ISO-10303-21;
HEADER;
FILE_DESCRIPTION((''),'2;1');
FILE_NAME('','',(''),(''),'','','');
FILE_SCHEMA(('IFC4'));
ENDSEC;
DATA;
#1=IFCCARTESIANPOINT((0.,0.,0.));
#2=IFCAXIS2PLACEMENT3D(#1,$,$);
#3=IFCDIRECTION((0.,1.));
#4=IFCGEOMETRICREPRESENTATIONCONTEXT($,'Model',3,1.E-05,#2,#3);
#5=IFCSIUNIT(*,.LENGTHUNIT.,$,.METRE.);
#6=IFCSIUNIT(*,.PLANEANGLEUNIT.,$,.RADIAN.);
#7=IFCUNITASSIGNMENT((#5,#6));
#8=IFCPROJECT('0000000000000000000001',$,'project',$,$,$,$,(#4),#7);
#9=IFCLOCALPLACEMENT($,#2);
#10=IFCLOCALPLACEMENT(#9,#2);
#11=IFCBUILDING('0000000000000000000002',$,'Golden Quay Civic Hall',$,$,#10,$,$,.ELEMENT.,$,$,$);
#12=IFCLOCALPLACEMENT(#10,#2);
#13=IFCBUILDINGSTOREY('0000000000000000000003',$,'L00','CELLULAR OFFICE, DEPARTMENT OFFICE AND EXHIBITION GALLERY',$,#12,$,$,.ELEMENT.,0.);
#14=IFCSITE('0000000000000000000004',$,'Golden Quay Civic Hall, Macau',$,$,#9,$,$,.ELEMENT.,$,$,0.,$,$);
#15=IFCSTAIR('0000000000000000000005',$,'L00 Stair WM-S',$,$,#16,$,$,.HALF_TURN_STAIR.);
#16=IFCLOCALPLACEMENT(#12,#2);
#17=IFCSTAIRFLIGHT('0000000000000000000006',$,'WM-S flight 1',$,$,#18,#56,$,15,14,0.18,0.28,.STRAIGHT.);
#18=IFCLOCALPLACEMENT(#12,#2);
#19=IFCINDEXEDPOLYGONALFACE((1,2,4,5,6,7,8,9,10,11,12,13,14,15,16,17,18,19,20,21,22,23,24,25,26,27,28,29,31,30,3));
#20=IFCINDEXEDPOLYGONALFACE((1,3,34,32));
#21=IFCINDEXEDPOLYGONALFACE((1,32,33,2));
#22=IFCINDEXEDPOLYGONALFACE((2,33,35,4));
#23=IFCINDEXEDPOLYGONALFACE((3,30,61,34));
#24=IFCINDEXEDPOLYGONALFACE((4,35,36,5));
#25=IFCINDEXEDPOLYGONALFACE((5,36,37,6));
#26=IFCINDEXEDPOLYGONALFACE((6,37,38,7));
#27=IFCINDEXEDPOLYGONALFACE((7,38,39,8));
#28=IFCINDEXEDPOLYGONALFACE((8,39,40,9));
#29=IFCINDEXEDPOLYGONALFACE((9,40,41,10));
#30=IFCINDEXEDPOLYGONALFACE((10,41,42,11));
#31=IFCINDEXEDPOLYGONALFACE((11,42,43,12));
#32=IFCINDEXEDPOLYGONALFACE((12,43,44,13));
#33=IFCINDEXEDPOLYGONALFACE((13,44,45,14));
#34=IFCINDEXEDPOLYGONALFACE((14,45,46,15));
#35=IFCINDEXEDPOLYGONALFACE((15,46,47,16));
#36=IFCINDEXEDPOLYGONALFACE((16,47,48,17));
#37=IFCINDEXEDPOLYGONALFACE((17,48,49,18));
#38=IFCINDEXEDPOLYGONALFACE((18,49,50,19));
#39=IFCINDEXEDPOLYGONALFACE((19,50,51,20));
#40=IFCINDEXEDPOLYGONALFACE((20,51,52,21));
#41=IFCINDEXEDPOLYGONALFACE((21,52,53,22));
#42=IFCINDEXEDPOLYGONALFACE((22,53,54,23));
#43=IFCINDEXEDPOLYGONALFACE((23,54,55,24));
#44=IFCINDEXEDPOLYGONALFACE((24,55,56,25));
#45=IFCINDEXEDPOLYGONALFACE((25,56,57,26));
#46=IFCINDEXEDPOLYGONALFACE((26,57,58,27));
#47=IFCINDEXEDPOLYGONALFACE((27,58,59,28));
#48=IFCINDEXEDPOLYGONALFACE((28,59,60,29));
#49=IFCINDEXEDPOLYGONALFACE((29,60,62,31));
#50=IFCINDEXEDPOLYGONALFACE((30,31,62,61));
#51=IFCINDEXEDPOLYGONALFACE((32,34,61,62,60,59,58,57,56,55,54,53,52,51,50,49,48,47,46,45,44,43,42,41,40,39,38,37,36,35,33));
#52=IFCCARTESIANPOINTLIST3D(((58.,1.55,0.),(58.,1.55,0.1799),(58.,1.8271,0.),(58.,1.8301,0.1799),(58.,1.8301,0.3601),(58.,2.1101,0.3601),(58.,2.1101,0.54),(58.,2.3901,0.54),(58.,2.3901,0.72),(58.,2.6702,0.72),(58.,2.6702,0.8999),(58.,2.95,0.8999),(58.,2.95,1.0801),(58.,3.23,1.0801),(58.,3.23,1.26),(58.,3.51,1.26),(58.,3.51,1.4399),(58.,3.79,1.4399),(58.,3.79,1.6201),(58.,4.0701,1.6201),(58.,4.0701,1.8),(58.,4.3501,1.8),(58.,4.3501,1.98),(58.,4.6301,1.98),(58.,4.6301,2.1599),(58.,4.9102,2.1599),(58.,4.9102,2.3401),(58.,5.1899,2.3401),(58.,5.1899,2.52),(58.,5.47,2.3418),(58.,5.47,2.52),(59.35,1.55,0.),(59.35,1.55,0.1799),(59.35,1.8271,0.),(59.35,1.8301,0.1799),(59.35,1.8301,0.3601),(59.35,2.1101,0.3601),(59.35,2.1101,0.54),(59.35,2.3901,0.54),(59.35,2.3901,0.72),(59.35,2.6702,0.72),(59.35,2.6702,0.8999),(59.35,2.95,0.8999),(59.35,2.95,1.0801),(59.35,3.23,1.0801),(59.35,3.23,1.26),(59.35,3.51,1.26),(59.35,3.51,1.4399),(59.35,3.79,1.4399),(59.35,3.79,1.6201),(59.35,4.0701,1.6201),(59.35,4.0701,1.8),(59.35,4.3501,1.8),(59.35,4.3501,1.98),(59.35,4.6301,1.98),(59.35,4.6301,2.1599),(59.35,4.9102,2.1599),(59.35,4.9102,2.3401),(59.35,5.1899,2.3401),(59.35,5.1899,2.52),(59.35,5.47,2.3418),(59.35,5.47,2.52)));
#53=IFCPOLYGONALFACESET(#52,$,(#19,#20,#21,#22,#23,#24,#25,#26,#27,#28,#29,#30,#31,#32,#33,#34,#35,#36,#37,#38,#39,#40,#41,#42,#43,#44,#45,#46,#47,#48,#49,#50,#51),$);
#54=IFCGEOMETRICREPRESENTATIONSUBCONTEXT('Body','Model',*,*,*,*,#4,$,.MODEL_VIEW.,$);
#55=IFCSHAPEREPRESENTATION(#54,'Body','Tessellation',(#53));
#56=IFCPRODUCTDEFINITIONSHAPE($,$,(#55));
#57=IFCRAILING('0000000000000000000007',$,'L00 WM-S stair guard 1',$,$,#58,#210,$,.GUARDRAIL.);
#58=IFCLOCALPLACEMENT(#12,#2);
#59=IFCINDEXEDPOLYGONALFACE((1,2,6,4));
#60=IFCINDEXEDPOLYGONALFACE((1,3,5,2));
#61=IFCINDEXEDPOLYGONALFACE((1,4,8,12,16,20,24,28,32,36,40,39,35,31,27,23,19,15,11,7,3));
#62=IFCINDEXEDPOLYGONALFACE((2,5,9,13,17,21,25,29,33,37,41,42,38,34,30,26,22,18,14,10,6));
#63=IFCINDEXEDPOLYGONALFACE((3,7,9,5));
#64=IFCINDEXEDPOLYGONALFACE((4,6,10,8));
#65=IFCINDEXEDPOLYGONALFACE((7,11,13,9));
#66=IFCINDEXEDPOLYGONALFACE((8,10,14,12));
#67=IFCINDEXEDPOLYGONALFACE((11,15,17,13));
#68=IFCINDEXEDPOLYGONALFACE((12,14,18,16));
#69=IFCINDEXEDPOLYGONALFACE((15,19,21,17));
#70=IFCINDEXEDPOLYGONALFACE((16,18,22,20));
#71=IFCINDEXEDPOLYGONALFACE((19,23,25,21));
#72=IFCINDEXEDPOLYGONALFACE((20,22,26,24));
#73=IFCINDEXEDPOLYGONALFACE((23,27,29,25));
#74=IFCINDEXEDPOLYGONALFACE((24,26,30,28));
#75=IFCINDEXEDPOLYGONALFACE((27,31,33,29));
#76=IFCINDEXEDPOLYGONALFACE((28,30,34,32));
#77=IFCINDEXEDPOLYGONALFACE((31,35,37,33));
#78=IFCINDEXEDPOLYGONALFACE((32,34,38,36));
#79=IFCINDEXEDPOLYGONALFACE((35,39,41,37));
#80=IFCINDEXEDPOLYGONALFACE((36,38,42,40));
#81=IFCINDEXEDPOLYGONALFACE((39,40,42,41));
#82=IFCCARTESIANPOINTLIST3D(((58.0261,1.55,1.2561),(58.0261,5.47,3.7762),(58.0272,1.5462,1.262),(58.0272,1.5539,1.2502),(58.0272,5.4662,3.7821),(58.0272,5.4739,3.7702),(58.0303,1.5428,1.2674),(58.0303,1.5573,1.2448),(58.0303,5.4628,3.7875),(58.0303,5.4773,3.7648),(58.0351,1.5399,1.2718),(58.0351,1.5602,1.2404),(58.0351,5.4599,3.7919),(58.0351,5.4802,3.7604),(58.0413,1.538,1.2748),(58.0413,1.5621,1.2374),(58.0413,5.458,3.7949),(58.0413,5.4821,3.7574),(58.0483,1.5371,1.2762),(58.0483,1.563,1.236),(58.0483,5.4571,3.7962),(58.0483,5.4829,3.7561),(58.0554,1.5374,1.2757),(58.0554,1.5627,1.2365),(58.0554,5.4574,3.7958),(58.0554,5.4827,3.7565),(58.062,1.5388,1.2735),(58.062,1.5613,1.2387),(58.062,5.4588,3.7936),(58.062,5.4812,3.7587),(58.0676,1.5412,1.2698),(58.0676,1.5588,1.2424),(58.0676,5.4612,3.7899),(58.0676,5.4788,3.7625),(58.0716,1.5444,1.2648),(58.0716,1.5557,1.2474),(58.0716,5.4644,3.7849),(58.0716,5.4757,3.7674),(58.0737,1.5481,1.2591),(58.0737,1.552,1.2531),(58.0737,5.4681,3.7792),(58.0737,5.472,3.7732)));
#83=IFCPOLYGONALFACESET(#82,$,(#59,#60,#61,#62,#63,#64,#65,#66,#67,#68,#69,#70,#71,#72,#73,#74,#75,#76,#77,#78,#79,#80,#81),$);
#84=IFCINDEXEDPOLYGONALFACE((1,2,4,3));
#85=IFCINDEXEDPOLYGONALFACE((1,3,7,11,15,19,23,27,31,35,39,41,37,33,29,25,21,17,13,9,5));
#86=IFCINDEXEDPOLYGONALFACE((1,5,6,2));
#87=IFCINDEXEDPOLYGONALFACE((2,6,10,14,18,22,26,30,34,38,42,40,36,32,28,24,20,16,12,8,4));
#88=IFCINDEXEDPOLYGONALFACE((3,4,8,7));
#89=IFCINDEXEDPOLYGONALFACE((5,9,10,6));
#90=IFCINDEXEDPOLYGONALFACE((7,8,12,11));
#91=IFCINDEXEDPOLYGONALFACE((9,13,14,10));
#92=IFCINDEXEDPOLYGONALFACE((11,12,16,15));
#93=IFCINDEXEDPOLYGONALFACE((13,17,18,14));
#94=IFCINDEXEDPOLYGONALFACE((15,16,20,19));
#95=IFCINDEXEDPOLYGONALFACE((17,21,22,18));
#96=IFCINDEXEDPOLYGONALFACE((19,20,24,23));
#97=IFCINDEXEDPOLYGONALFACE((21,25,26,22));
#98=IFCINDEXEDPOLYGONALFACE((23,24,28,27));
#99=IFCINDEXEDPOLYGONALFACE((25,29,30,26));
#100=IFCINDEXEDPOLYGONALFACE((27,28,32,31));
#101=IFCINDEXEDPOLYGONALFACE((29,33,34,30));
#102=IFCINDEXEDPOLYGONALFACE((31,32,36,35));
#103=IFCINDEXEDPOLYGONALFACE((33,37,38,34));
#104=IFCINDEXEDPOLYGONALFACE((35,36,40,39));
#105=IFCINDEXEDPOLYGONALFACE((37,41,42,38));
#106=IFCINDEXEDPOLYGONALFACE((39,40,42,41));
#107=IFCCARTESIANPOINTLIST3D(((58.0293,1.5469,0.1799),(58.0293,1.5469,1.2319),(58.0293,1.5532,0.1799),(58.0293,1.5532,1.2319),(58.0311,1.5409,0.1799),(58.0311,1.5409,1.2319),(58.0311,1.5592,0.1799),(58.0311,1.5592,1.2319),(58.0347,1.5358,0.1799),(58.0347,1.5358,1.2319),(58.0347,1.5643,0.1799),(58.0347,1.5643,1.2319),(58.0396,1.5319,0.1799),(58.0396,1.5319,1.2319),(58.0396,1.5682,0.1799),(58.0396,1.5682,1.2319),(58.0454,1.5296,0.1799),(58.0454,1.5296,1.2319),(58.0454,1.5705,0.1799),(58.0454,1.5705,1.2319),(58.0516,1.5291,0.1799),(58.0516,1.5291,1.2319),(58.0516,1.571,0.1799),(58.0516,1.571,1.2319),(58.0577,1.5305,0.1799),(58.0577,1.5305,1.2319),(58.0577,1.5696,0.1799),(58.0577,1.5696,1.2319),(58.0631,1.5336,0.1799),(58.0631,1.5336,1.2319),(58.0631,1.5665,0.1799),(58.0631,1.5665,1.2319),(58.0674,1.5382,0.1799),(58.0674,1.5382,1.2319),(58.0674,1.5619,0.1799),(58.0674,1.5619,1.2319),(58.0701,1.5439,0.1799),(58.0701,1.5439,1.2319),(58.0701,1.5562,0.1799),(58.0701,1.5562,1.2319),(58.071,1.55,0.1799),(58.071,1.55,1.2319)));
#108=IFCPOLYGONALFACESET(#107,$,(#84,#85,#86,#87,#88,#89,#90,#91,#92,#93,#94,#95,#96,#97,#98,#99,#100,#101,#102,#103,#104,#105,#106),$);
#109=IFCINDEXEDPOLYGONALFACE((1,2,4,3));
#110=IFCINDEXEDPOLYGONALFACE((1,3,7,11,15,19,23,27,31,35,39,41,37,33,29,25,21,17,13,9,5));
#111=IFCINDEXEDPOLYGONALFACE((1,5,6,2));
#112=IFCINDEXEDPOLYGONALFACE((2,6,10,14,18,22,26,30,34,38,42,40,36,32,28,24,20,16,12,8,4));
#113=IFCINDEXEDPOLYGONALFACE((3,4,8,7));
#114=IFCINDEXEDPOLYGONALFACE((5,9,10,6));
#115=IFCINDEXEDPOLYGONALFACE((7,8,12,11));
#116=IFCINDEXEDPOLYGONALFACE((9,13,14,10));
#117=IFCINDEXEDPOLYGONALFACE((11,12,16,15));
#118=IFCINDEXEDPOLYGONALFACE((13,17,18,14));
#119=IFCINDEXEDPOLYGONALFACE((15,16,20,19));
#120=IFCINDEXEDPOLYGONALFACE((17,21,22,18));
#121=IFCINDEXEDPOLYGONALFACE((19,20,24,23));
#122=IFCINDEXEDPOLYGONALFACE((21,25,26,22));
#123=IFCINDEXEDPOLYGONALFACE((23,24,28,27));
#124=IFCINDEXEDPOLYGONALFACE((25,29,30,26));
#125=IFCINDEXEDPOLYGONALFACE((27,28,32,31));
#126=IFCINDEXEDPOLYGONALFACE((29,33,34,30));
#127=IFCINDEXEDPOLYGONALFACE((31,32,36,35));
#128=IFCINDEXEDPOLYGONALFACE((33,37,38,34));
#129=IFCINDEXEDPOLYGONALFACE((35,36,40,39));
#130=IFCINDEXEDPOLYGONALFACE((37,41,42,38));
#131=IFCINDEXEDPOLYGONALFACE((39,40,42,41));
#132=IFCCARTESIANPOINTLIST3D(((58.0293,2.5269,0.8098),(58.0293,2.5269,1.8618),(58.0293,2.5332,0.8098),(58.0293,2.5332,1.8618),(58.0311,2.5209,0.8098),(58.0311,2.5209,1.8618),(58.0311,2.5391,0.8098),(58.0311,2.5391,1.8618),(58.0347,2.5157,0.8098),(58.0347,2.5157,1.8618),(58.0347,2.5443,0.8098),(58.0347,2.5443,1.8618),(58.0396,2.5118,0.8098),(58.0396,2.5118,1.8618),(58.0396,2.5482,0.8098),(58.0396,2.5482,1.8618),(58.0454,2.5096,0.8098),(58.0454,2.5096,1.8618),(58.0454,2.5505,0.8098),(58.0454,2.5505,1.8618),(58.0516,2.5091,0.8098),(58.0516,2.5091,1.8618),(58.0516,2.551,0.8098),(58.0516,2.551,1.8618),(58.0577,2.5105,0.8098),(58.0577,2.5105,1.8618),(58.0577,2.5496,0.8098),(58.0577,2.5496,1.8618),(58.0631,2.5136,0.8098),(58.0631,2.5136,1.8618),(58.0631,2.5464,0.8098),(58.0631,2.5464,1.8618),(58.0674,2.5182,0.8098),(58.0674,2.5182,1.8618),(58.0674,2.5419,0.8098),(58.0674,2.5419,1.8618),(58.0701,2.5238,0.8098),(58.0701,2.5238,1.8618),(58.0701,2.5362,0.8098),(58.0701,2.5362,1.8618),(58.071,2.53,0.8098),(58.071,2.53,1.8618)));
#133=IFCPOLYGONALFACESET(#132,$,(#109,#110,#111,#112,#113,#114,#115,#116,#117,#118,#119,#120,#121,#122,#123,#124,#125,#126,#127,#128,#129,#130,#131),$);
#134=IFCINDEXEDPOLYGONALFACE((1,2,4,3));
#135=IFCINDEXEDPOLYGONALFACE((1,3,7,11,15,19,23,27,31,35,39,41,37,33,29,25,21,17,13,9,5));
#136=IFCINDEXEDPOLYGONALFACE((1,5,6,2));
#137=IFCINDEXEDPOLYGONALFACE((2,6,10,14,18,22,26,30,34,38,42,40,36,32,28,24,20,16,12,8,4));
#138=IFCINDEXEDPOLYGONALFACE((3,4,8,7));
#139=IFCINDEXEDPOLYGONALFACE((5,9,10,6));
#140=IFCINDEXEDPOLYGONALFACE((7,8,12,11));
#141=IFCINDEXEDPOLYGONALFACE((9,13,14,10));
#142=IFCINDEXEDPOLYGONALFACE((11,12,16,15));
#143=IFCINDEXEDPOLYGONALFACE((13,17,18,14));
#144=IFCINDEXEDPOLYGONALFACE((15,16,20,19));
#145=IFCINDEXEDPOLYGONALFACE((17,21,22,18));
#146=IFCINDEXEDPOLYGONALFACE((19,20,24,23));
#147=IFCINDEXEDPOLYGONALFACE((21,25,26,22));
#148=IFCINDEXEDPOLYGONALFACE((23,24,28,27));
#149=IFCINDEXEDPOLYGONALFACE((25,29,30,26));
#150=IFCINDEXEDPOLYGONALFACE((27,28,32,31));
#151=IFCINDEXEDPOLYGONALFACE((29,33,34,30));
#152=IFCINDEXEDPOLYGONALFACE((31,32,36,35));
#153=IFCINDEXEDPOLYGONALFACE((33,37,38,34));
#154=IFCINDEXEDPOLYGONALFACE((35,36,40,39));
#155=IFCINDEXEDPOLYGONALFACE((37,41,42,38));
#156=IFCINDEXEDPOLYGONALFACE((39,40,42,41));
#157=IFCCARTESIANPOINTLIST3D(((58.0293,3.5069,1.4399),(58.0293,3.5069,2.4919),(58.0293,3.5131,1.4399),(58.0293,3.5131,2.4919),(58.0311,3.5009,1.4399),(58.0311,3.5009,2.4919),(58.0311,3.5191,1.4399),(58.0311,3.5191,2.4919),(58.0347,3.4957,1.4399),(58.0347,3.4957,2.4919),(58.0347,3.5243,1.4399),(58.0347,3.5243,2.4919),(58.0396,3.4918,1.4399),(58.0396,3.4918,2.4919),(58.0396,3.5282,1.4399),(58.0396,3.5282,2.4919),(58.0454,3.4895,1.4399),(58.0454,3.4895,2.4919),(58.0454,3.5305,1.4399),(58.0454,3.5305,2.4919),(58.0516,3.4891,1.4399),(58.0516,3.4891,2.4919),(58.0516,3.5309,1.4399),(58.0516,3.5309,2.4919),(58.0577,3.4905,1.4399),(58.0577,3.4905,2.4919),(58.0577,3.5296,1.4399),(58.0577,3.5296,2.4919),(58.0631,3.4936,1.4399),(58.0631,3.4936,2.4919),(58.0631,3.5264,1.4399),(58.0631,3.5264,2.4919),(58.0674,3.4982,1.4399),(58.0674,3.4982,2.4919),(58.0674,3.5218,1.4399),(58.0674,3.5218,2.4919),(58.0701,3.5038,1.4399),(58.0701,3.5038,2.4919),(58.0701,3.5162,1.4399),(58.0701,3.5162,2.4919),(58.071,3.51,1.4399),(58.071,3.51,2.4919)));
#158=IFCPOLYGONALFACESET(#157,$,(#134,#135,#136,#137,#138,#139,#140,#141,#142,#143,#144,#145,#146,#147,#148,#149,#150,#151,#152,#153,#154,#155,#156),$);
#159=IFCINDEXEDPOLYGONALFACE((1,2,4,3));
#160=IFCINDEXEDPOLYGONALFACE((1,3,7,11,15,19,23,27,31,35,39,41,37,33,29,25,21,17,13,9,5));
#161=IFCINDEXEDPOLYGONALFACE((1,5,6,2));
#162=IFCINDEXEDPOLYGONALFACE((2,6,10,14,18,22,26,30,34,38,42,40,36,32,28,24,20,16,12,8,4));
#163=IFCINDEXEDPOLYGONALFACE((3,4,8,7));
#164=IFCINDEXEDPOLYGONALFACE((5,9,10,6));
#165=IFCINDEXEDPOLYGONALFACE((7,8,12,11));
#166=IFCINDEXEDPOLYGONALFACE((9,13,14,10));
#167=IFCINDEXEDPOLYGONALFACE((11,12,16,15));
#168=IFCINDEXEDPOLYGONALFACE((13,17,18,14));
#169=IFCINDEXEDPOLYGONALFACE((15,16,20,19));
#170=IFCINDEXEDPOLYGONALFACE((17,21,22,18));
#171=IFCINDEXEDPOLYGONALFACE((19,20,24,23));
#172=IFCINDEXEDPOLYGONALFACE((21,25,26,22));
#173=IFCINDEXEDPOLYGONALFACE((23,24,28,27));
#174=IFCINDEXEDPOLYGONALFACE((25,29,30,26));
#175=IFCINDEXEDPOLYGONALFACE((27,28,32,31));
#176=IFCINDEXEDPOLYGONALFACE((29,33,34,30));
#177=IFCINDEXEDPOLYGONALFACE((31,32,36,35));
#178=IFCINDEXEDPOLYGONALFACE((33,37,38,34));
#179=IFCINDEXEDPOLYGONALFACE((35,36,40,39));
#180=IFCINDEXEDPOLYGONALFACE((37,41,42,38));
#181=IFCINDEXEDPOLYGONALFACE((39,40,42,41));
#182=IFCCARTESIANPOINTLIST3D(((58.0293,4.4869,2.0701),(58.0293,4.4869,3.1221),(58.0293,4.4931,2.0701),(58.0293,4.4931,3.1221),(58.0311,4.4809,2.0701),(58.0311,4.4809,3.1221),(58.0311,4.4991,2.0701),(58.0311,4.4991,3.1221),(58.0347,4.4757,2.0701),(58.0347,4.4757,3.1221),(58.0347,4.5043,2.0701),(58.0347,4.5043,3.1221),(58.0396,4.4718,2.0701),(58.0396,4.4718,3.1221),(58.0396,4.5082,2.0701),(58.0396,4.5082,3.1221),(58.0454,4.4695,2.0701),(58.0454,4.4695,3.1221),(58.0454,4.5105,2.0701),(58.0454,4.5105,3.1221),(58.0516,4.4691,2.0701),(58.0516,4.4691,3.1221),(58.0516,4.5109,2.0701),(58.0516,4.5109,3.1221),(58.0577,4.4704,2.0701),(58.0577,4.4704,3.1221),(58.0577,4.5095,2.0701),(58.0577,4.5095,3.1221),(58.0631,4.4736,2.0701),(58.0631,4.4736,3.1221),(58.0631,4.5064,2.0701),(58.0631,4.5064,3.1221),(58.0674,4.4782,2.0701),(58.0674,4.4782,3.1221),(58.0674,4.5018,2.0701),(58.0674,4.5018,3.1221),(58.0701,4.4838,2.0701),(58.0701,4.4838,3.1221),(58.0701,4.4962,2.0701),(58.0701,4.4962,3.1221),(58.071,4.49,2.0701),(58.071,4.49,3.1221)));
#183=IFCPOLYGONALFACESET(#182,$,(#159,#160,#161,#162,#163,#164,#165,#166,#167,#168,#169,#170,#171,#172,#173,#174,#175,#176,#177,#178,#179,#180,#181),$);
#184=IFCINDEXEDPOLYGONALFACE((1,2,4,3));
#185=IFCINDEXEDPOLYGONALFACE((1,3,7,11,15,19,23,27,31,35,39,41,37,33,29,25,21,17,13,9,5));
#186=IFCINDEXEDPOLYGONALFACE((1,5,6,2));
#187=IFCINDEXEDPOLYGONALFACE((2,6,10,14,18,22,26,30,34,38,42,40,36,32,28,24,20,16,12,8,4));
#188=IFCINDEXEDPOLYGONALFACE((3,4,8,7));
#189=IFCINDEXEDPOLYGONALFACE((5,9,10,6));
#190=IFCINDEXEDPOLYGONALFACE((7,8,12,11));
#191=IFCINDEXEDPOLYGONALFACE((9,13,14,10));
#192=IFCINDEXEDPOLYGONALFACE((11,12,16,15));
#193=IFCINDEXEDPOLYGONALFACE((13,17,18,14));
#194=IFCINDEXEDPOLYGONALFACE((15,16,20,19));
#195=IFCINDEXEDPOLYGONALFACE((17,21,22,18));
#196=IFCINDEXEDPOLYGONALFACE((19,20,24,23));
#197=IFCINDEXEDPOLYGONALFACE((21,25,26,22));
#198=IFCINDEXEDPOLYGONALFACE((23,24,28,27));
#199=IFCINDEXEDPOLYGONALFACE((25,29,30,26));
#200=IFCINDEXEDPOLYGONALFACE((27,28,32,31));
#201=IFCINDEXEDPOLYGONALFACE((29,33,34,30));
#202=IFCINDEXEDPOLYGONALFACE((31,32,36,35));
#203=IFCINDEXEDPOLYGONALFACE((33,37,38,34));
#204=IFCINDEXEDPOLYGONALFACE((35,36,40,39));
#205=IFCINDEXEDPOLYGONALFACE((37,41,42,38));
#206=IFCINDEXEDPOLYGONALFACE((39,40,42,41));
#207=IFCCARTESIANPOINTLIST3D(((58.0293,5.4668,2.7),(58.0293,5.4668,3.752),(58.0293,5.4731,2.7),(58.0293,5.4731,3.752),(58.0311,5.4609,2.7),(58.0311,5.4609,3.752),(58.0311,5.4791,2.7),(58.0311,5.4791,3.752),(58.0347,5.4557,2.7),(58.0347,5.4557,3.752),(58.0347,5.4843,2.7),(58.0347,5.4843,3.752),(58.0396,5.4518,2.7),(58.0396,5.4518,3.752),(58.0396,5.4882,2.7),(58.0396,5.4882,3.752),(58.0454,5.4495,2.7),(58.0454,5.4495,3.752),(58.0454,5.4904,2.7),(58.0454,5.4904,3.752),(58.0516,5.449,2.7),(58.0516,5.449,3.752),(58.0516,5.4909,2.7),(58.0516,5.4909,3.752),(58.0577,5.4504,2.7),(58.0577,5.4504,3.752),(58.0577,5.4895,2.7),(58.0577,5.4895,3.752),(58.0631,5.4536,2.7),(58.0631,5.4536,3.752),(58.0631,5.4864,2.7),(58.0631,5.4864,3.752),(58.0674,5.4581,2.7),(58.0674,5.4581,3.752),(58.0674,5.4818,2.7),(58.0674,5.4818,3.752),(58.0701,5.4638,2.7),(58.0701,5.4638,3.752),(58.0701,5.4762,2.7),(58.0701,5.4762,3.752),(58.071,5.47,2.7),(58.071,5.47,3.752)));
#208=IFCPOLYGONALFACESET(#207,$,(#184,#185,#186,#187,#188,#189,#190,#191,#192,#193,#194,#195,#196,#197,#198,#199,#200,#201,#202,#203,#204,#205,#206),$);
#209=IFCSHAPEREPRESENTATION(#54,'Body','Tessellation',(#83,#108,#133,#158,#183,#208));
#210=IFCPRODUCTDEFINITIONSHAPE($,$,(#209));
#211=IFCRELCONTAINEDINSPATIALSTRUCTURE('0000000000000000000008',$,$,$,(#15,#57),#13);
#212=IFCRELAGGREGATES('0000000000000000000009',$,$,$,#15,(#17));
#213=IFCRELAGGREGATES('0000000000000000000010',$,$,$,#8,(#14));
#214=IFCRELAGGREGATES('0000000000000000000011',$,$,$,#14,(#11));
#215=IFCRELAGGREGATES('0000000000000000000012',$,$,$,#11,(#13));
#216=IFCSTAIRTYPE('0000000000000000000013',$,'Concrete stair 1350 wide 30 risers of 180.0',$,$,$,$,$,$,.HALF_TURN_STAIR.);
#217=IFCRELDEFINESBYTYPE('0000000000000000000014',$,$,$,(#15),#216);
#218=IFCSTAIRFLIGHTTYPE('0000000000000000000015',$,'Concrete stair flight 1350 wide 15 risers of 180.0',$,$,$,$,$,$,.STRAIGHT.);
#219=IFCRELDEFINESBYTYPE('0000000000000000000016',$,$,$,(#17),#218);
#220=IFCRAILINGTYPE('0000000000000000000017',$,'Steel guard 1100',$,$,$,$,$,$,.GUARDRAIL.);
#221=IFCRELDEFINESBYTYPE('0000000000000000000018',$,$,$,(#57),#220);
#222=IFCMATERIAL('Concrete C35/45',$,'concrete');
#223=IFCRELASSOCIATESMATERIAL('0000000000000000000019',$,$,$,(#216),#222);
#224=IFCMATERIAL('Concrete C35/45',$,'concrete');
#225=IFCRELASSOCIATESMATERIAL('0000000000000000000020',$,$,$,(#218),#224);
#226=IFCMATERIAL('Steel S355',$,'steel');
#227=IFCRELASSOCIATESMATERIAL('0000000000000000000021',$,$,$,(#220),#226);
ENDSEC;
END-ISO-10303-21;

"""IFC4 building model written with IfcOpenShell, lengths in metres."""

from ifc_helpers import new_model, si_unit, direction, frame, origin, origin_2d, place, context, subcontext, project, spatial, polyline, circle, outline, extrude, material, type_object, element, aggregate, save


model = new_model("IFC4")

# Units and contexts
model_context = context("Model", 3, precision=1e-05, world=origin(), true_north=direction((0.0, 1.0)))
body_context = subcontext(model_context, "Body", "Model", "MODEL_VIEW")
ifc_project = project(units=[si_unit("LENGTHUNIT", "METRE"), si_unit("PLANEANGLEUNIT", "RADIAN")], contexts=[model_context])

# Site, building, storey
site_placement = place(None, origin())
site = spatial("IfcSite", under=ifc_project, at=site_placement, Name="Golden Quay Civic Hall, Macau", CompositionType="ELEMENT", RefElevation=0.0)
building_placement = place(site_placement, origin())
building = spatial("IfcBuilding", under=site, at=building_placement, Name="Golden Quay Civic Hall", CompositionType="ELEMENT")
storey_placement = place(building_placement, origin())
storey = spatial("IfcBuildingStorey", under=building, at=storey_placement, Name="L00", Description="CELLULAR OFFICE, DEPARTMENT OFFICE AND EXHIBITION GALLERY", CompositionType="ELEMENT", Elevation=0.0)

# Stair, stair flight
ifc_material_1 = material(Name="Concrete C35/45", Category="concrete")
stair_type = type_object("IfcStairType", Name="Concrete stair 1350 wide 30 risers of 180.0", PredefinedType="HALF_TURN_STAIR", material=ifc_material_1)
stair_placement = place(storey_placement, origin())
stair = element("IfcStair", 1, at=stair_placement, inside=storey, type_object=stair_type, Name="L00 Stair WM-S", PredefinedType="HALF_TURN_STAIR")
ifc_material_2 = material(Name="Concrete C35/45", Category="concrete")
stair_flight_type = type_object("IfcStairFlightType", Name="Concrete stair flight 1350 wide 15 risers of 180.0", PredefinedType="STRAIGHT", material=ifc_material_2)
stair_flight_placement = place(storey_placement, frame((58.675, 1.55, 0.0), z_axis=(0.0, 0.0, 1.0), x_axis=(0.0, 1.0, 0.0)))
stair_flight = element("IfcStairFlight", 2, at=stair_flight_placement, type_object=stair_flight_type, Name="WM-S flight 1", NumberOfRisers=15, NumberOfTreads=14, PredefinedType="STRAIGHT", RiserHeight=0.18, TreadLength=0.28, context=body_context, shape_type="SweptSolid", body=[
    extrude(outline(polyline([(0.0, 0.0), (0.0, 0.1799), (0.28, 0.1799), (0.28, 0.3601), (0.5601, 0.3601), (0.5601, 0.54), (0.8401, 0.54), (0.8401, 0.72), (1.1201, 0.72), (1.1201, 0.8999), (1.3999, 0.8999), (1.3999, 1.0801), (1.6799, 1.0801), (1.6799, 1.26), (1.96, 1.26), (1.96, 1.4399), (2.24, 1.4399), (2.24, 1.6201), (2.52, 1.6201), (2.52, 1.8), (2.8, 1.8), (2.8, 1.98), (3.0801, 1.98), (3.0801, 2.1599), (3.3601, 2.1599), (3.3601, 2.3401), (3.6399, 2.3401), (3.6399, 2.52), (3.9199, 2.52), (3.9199, 2.7), (3.9199, 2.3418), (0.2771, 0.0), (0.0, 0.0)])), frame((0.0, 0.675, 0.0), z_axis=(0.0, -1.0, 0.0), x_axis=(1.0, 0.0, 0.0)), (0.0, 0.0, 1.0), 1.35),
])
aggregate(stair, [stair_flight])

# Railing
ifc_material_3 = material(Name="Steel S355", Category="steel")
railing_type_1 = type_object("IfcRailingType", Name="Steel guard 1100", PredefinedType="GUARDRAIL", material=ifc_material_3)
railing_1_placement = place(storey_placement, frame((58.05, 1.55, 0.1799)))
element("IfcRailing", 3, at=railing_1_placement, inside=storey, type_object=railing_type_1, Name="L00 WM-S stair guard 1", PredefinedType="GUARDRAIL", context=body_context, shape_type="SweptSolid", body=[
    extrude(circle(Radius=0.0239, at=origin_2d()), frame((0.0, 0.0, 1.0762), z_axis=(0.0, 0.841172, 0.540768), x_axis=(-1.0, 0.0, 0.0)), (0.0, 0.0, 1.0), 4.6602),
    extrude(circle(Radius=0.021, at=origin_2d()), origin(), (0.0, 0.0, 1.0), 1.052),
    extrude(circle(Radius=0.021, at=origin_2d()), frame((0.0, 0.98, 0.6299)), (0.0, 0.0, 1.0), 1.052),
    extrude(circle(Radius=0.021, at=origin_2d()), frame((0.0, 1.96, 1.26)), (0.0, 0.0, 1.0), 1.052),
    extrude(circle(Radius=0.021, at=origin_2d()), frame((0.0, 2.9399, 1.8901)), (0.0, 0.0, 1.0), 1.052),
    extrude(circle(Radius=0.021, at=origin_2d()), frame((0.0, 3.9199, 2.52)), (0.0, 0.0, 1.0), 1.052),
])

save(model, "model.ifc")
